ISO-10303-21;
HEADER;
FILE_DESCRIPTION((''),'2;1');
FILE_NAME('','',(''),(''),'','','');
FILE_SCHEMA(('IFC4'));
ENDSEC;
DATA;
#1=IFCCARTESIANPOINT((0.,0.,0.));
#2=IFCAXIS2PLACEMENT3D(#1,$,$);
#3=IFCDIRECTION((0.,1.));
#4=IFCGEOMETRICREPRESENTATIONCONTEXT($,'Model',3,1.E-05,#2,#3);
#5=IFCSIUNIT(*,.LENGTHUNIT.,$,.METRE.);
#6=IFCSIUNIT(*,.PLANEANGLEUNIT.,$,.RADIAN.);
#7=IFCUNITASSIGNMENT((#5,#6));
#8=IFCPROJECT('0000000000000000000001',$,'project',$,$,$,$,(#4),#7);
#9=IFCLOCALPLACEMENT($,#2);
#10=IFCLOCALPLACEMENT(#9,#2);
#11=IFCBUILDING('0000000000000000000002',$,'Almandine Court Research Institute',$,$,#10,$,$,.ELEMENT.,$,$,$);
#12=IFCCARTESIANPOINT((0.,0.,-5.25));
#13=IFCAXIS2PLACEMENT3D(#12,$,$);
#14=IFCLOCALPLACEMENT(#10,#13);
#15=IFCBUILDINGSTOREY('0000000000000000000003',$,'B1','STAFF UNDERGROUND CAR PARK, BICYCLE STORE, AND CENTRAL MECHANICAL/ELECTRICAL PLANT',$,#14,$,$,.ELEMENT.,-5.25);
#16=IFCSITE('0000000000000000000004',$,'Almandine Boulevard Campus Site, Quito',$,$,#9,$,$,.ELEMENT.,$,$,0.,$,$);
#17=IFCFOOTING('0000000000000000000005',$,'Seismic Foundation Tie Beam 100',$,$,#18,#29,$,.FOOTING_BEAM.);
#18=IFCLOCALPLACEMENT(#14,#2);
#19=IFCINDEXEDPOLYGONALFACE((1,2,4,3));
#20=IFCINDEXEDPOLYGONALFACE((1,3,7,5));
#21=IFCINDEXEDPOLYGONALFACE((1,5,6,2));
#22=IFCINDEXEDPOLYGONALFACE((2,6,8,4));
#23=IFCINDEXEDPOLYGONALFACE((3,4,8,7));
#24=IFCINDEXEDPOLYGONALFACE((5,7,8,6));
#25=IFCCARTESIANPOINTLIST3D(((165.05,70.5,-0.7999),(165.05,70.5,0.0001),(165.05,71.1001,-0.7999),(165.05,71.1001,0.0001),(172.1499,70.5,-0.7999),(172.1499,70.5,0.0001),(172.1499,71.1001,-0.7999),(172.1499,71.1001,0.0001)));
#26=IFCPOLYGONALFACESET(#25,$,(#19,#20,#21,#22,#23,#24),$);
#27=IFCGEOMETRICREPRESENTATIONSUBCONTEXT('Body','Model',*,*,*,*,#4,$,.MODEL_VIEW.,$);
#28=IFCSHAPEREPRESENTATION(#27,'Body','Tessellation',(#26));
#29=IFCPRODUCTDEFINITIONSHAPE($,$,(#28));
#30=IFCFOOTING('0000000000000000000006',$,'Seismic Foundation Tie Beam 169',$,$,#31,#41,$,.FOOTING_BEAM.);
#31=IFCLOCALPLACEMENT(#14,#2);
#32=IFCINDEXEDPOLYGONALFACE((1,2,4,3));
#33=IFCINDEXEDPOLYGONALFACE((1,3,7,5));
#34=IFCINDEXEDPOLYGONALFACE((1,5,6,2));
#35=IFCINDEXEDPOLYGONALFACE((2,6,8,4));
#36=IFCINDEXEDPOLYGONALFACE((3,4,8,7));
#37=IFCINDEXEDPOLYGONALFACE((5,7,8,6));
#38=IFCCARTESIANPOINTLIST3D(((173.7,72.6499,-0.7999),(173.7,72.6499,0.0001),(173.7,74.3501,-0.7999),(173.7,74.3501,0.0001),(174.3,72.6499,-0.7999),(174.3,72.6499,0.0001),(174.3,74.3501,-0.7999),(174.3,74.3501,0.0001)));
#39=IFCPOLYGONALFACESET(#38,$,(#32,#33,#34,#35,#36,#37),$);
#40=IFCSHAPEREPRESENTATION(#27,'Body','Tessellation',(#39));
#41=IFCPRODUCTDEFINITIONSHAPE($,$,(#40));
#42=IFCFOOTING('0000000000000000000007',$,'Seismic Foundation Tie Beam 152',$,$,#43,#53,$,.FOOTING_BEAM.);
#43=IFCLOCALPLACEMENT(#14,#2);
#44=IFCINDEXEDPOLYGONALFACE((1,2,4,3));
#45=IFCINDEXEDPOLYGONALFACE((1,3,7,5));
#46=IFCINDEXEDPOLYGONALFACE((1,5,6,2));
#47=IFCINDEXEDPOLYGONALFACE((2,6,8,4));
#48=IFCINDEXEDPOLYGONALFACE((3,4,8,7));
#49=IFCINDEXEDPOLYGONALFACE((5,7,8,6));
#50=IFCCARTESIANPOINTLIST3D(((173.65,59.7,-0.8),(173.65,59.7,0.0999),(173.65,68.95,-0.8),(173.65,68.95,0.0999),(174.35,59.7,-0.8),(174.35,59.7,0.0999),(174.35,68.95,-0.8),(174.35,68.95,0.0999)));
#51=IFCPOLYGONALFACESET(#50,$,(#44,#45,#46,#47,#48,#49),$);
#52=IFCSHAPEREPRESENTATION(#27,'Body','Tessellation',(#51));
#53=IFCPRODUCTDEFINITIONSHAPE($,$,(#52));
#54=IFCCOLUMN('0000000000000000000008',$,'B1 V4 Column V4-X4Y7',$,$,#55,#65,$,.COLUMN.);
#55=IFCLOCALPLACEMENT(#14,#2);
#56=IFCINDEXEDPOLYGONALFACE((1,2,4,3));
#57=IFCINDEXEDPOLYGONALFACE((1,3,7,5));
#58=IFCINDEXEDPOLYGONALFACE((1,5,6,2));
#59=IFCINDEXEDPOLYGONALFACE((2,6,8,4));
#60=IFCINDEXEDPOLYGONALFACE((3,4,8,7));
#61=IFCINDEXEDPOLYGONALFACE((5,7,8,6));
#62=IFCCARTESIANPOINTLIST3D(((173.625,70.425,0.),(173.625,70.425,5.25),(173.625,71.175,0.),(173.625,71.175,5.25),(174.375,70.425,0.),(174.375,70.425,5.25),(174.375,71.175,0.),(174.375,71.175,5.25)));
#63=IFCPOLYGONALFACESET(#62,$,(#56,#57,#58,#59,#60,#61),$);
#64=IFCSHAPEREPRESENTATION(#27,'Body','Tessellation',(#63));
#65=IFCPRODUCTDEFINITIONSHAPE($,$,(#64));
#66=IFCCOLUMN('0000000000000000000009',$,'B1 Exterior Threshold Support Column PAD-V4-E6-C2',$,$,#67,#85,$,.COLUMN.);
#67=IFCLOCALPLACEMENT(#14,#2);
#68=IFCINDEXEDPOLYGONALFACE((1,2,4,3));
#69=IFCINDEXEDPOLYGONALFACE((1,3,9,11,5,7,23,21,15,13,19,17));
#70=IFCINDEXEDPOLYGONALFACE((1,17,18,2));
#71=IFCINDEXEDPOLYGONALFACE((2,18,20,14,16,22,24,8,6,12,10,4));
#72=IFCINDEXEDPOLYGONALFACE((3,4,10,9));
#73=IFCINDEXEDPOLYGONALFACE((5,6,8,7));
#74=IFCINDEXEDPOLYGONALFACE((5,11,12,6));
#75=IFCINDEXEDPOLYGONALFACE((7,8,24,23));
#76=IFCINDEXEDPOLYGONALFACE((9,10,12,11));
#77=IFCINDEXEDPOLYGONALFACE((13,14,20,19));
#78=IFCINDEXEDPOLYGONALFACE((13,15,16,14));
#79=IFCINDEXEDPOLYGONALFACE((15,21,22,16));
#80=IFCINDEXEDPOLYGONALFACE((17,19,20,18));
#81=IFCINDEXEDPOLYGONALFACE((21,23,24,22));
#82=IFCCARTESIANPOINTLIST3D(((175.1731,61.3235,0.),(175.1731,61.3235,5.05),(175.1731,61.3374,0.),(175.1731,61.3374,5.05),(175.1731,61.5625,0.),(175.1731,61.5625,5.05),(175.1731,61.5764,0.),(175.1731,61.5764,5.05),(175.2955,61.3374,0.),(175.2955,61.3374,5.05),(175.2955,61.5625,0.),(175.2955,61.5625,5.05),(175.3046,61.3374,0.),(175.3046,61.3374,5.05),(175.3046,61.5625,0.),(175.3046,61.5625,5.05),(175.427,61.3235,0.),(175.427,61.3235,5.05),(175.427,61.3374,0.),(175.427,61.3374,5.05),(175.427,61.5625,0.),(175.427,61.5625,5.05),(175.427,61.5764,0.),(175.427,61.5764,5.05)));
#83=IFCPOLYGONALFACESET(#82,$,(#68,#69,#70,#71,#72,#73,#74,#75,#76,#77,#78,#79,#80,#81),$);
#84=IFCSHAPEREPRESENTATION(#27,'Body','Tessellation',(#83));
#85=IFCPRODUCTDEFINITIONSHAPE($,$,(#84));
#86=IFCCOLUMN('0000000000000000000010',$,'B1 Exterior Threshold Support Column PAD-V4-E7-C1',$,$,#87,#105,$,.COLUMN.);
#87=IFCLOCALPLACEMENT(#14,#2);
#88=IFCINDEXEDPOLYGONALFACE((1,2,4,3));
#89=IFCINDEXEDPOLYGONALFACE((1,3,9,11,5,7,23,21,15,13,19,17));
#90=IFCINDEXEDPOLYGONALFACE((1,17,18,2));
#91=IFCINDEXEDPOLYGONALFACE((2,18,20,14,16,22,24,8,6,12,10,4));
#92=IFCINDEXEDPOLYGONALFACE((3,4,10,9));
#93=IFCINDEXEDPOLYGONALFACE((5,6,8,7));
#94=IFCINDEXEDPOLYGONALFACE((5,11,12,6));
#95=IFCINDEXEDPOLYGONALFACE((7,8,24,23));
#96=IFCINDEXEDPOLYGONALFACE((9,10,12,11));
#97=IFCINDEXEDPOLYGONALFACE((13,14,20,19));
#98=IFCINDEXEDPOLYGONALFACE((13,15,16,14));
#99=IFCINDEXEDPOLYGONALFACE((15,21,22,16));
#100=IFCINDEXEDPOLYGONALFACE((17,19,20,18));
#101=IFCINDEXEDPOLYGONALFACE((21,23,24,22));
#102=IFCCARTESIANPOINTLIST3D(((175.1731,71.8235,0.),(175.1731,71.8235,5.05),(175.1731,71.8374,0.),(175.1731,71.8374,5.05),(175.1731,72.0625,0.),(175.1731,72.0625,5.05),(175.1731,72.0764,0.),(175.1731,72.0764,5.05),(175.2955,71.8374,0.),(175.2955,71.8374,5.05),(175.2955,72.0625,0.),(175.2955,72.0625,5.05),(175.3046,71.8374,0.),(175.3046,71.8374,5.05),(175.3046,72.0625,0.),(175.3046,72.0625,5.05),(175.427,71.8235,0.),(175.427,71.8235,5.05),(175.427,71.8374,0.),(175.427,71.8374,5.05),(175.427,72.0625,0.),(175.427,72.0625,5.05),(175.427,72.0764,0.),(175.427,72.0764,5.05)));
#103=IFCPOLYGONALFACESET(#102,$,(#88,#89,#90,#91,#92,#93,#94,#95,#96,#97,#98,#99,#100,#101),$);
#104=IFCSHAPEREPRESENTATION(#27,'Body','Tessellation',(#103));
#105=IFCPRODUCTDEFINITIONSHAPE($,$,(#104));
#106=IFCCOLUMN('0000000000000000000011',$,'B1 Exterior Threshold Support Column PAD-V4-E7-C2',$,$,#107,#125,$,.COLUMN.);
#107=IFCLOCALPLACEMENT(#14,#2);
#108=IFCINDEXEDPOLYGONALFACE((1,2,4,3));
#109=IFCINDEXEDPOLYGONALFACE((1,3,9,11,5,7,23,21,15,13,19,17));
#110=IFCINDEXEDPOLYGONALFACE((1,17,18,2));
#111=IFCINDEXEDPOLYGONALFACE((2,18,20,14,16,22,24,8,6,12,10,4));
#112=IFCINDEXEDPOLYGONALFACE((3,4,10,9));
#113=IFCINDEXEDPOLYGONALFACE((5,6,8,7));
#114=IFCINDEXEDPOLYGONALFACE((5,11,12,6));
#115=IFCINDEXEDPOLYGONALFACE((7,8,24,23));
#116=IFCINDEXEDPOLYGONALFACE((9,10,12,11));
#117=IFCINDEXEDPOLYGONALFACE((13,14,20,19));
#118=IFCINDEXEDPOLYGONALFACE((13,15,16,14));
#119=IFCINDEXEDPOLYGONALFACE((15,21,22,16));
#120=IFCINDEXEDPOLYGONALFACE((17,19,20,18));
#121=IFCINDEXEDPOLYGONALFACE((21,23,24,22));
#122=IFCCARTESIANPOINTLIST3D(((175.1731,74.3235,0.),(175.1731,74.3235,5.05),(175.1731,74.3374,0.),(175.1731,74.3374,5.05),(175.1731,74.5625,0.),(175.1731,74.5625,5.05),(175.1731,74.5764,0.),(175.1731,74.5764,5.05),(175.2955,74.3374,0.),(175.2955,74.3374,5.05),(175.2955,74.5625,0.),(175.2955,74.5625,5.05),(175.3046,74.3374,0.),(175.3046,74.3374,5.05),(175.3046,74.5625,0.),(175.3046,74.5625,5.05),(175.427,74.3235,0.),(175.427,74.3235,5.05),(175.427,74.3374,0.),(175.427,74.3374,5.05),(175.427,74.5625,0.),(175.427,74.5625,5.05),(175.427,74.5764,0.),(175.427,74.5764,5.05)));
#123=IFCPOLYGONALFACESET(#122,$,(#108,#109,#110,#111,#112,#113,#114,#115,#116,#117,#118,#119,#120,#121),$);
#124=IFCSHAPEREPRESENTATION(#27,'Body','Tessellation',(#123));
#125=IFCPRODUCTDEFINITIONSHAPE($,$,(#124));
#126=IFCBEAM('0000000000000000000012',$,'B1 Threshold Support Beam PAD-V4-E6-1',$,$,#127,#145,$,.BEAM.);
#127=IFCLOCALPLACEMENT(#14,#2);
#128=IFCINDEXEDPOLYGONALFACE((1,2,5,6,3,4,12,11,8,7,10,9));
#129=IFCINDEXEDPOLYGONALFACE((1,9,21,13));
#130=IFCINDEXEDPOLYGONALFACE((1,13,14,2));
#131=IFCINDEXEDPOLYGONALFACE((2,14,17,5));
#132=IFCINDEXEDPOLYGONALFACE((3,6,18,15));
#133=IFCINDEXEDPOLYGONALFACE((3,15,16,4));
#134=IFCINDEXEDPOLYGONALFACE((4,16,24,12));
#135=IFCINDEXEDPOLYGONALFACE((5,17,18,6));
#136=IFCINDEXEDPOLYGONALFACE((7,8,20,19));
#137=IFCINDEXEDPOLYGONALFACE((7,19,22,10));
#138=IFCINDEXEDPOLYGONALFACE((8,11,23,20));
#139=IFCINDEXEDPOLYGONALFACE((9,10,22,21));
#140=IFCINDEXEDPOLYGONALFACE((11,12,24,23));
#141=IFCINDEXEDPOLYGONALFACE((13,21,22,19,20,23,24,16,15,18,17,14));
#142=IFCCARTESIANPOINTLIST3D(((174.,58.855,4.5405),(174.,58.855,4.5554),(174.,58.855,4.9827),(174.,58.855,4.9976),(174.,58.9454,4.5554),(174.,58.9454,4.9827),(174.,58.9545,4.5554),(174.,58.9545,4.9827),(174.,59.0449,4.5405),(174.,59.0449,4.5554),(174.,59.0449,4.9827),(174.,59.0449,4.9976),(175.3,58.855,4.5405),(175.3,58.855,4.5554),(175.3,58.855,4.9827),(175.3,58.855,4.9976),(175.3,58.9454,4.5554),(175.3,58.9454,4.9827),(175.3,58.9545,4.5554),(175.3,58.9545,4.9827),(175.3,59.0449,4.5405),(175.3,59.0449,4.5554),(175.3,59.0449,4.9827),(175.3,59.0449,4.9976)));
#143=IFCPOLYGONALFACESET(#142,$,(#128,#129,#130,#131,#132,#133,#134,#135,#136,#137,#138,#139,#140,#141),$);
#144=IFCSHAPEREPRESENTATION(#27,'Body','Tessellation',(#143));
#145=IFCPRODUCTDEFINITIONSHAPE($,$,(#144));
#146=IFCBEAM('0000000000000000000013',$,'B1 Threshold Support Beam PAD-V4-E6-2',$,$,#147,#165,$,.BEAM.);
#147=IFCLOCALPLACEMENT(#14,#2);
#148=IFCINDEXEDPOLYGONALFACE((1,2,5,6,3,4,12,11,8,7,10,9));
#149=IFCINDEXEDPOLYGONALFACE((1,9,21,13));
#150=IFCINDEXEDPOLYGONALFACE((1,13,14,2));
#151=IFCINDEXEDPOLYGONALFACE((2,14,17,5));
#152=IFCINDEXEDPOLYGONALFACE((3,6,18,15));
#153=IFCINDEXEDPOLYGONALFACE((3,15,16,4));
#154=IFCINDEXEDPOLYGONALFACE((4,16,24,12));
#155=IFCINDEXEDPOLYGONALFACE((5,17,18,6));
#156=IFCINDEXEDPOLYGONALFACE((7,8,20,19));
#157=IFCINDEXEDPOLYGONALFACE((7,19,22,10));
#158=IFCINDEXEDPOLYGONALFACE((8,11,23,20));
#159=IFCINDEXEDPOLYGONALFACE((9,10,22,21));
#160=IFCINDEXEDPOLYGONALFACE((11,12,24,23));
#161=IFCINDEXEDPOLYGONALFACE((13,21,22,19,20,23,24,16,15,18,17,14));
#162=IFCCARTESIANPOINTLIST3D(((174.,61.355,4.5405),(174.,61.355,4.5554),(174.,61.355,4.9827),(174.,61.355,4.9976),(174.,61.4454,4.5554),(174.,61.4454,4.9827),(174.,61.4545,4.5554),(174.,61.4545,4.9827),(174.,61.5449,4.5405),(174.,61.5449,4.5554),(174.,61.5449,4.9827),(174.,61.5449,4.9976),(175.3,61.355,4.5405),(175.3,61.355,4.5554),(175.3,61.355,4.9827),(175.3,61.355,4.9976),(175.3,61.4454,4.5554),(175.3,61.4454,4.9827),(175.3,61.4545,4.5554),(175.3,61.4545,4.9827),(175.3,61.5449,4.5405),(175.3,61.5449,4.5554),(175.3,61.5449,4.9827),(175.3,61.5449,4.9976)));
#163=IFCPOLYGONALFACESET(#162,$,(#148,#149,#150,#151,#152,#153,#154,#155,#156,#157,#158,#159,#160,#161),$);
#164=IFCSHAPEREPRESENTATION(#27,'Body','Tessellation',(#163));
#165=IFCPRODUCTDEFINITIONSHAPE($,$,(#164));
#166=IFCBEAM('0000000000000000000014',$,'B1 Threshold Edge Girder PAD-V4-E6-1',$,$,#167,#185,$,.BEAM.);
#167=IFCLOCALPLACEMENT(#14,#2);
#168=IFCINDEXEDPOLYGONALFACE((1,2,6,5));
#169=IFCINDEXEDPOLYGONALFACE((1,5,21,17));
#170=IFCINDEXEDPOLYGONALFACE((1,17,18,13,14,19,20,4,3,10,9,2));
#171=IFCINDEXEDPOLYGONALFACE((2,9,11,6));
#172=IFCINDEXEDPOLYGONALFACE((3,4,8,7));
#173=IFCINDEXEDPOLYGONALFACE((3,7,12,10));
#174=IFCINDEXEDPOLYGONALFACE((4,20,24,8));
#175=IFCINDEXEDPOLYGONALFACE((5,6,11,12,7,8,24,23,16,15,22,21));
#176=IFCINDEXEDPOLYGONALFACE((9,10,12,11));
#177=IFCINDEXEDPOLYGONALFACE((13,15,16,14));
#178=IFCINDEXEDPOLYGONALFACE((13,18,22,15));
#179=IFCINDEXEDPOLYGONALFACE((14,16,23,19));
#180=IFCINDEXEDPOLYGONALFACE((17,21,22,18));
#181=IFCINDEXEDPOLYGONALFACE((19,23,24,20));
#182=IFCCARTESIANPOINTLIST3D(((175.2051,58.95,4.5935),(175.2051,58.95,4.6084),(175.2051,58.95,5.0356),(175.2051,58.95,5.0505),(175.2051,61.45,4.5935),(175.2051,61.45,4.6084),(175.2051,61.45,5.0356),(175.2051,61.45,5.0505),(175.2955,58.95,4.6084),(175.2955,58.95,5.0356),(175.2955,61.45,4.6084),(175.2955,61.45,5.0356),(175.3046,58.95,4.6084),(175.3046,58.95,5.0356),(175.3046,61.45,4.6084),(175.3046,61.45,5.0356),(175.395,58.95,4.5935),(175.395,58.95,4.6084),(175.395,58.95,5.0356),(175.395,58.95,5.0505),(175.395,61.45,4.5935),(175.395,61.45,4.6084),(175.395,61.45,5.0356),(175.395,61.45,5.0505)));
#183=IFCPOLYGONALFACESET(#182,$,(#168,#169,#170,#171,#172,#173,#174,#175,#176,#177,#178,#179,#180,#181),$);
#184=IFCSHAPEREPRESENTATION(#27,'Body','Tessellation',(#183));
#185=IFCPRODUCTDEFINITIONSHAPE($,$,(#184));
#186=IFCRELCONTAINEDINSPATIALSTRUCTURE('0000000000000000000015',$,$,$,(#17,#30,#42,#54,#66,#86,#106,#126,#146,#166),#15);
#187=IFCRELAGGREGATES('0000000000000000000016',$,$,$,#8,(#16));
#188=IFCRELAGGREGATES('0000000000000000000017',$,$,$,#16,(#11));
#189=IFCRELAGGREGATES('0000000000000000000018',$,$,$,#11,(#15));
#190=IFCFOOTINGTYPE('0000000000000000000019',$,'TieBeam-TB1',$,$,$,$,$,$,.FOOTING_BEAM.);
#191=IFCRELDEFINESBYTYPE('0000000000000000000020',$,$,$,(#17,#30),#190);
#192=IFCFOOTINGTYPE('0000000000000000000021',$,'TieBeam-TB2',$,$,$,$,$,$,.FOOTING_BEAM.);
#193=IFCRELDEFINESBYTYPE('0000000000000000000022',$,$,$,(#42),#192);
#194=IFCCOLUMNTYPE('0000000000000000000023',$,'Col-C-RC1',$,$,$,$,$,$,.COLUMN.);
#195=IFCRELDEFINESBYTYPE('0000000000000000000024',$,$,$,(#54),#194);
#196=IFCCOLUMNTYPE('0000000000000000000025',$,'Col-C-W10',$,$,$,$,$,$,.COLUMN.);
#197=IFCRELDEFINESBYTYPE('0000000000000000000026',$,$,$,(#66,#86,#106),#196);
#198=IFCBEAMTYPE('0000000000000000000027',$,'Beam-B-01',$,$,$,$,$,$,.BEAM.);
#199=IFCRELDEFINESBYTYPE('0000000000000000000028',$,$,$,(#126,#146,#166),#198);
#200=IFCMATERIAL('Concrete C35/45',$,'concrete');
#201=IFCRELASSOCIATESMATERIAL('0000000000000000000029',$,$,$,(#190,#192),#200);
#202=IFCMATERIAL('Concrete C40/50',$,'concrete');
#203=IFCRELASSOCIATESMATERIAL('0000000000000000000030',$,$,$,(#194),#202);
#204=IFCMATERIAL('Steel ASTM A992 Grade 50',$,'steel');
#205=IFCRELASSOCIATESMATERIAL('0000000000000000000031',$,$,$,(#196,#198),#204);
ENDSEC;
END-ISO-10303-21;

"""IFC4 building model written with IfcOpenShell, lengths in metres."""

from ifc_helpers import new_model, si_unit, direction, frame, origin, origin_2d, place, context, subcontext, project, spatial, rectangle, i_section, extrude, material, material_profile, profile_set, type_object, element, save


model = new_model("IFC4")

# Units and contexts
model_context = context("Model", 3, precision=1e-05, world=origin(), true_north=direction((0.0, 1.0)))
body_context = subcontext(model_context, "Body", "Model", "MODEL_VIEW")
ifc_project = project(units=[si_unit("LENGTHUNIT", "METRE"), si_unit("PLANEANGLEUNIT", "RADIAN")], contexts=[model_context])

# Site, building, storey
site_placement = place(None, origin())
site = spatial("IfcSite", under=ifc_project, at=site_placement, Name="Almandine Boulevard Campus Site, Quito", CompositionType="ELEMENT", RefElevation=0.0)
building_placement = place(site_placement, origin())
building = spatial("IfcBuilding", under=site, at=building_placement, Name="Almandine Court Research Institute", CompositionType="ELEMENT")
storey_placement = place(building_placement, frame((0.0, 0.0, -5.25)))
storey = spatial("IfcBuildingStorey", under=building, at=storey_placement, Name="B1", Description="STAFF UNDERGROUND CAR PARK, BICYCLE STORE, AND CENTRAL MECHANICAL/ELECTRICAL PLANT", CompositionType="ELEMENT", Elevation=-5.25)

# Shared definitions
ifc_material_1 = material(Name="Concrete C35/45", Category="concrete")

# Footings
ifc_material_profile_1 = material_profile(ifc_material_1, rectangle(XDim=0.6001, YDim=0.8, at=origin_2d()), Name="RC TIE 600x800")
ifc_profile_set_1 = profile_set([ifc_material_profile_1], Name="Concrete C35/45")
footing_type_1 = type_object("IfcFootingType", Name="TieBeam-TB1", PredefinedType="FOOTING_BEAM", material=ifc_profile_set_1)
footing_1_placement = place(storey_placement, frame((165.05, 70.8, -0.3999), z_axis=(1.0, 0.0, 0.0), x_axis=(0.0, 1.0, 0.0)))
element("IfcFooting", 1, at=footing_1_placement, inside=storey, type_object=footing_type_1, Name="Seismic Foundation Tie Beam 100", PredefinedType="FOOTING_BEAM", context=body_context, shape_type="SweptSolid", body=[
    extrude(rectangle(XDim=0.6001, YDim=0.8, at=origin_2d()), origin(), (0.0, 0.0, 1.0), 7.0999),
])
footing_2_placement = place(storey_placement, frame((174.0, 72.6499, -0.3999), z_axis=(0.0, 1.0, 0.0), x_axis=(-1.0, 0.0, 0.0)))
element("IfcFooting", 2, at=footing_2_placement, inside=storey, type_object=footing_type_1, Name="Seismic Foundation Tie Beam 169", PredefinedType="FOOTING_BEAM", context=body_context, shape_type="SweptSolid", body=[
    extrude(rectangle(XDim=0.6001, YDim=0.8, at=origin_2d()), origin(), (0.0, 0.0, 1.0), 1.7002),
])
ifc_material_profile_2 = material_profile(ifc_material_1, rectangle(XDim=0.7, YDim=0.8999, at=origin_2d()), Name="RC TIE 700x900")
ifc_profile_set_2 = profile_set([ifc_material_profile_2], Name="Concrete C35/45")
footing_type_2 = type_object("IfcFootingType", Name="TieBeam-TB2", PredefinedType="FOOTING_BEAM", material=ifc_profile_set_2)
footing_3_placement = place(storey_placement, frame((174.0, 59.7, -0.3501), z_axis=(0.0, 1.0, 0.0), x_axis=(-1.0, 0.0, 0.0)))
element("IfcFooting", 3, at=footing_3_placement, inside=storey, type_object=footing_type_2, Name="Seismic Foundation Tie Beam 152", PredefinedType="FOOTING_BEAM", context=body_context, shape_type="SweptSolid", body=[
    extrude(rectangle(XDim=0.7, YDim=0.8999, at=origin_2d()), origin(), (0.0, 0.0, 1.0), 9.25),
])

# Columns
ifc_material_2 = material(Name="Concrete C40/50", Category="concrete")
ifc_material_profile_3 = material_profile(ifc_material_2, rectangle(XDim=0.75, YDim=0.75, at=origin_2d()), Name="RC 750x750")
ifc_profile_set_3 = profile_set([ifc_material_profile_3], Name="Concrete C40/50")
column_type_1 = type_object("IfcColumnType", Name="Col-C-RC1", PredefinedType="COLUMN", material=ifc_profile_set_3)
column_placement = place(storey_placement, frame((174.0, 70.8, 0.0), z_axis=(0.0, 0.0, 1.0), x_axis=(1.0, 0.0, 0.0)))
element("IfcColumn", 4, at=column_placement, inside=storey, type_object=column_type_1, Name="B1 V4 Column V4-X4Y7", PredefinedType="COLUMN", context=body_context, shape_type="SweptSolid", body=[
    extrude(rectangle(XDim=0.75, YDim=0.75, at=origin_2d()), origin(), (0.0, 0.0, 1.0), 5.25),
])
ifc_material_3 = material(Name="Steel ASTM A992 Grade 50", Category="steel")
ifc_material_profile_4 = material_profile(ifc_material_3, i_section(OverallWidth=0.2539, OverallDepth=0.2529, WebThickness=0.009, FlangeThickness=0.0139, at=origin_2d()), Name="W250x73")
ifc_profile_set_4 = profile_set([ifc_material_profile_4], Name="Steel ASTM A992 Grade 50")
column_type_2 = type_object("IfcColumnType", Name="Col-C-W10", PredefinedType="COLUMN", material=ifc_profile_set_4)
for number, where, z_axis, x_axis, name in (
    (5, (175.3, 61.45, 0.0), (0.0, 0.0, 1.0), (1.0, 0.0, 0.0), "B1 Exterior Threshold Support Column PAD-V4-E6-C2"),
    (6, (175.3, 71.95, 0.0), (0.0, 0.0, 1.0), (1.0, 0.0, 0.0), "B1 Exterior Threshold Support Column PAD-V4-E7-C1"),
    (7, (175.3, 74.45, 0.0), (0.0, 0.0, 1.0), (1.0, 0.0, 0.0), "B1 Exterior Threshold Support Column PAD-V4-E7-C2"),
):
    element("IfcColumn", number, at=place(storey_placement, frame(where, z_axis=z_axis, x_axis=x_axis)), inside=storey, type_object=column_type_2, Name=name, PredefinedType="COLUMN", context=body_context, shape_type="SweptSolid", body=[
        extrude(i_section(OverallWidth=0.2539, OverallDepth=0.2529, WebThickness=0.009, FlangeThickness=0.0139, at=origin_2d()), origin(), (0.0, 0.0, 1.0), 5.05),
    ])

# Beams
ifc_material_profile_5 = material_profile(ifc_material_3, i_section(OverallWidth=0.1899, OverallDepth=0.457, WebThickness=0.009, FlangeThickness=0.0149, at=origin_2d()), Name="W460x74")
ifc_profile_set_5 = profile_set([ifc_material_profile_5], Name="Steel ASTM A992 Grade 50")
beam_type_1 = type_object("IfcBeamType", Name="Beam-B-01", PredefinedType="BEAM", material=ifc_profile_set_5)
for number, where, z_axis, x_axis, name in (
    (8, (175.3, 58.95, 4.769), (-1.0, 0.0, 0.0), (0.0, -1.0, 0.0), "B1 Threshold Support Beam PAD-V4-E6-1"),
    (9, (175.3, 61.45, 4.769), (-1.0, 0.0, 0.0), (0.0, -1.0, 0.0), "B1 Threshold Support Beam PAD-V4-E6-2"),
):
    element("IfcBeam", number, at=place(storey_placement, frame(where, z_axis=z_axis, x_axis=x_axis)), inside=storey, type_object=beam_type_1, Name=name, PredefinedType="BEAM", context=body_context, shape_type="SweptSolid", body=[
        extrude(i_section(OverallWidth=0.1899, OverallDepth=0.457, WebThickness=0.009, FlangeThickness=0.0149, at=origin_2d()), origin(), (0.0, 0.0, 1.0), 1.3),
    ])
beam_1_placement = place(storey_placement, frame((175.3, 58.95, 4.822), z_axis=(0.0, 1.0, 0.0), x_axis=(-1.0, 0.0, 0.0)))
element("IfcBeam", 10, at=beam_1_placement, inside=storey, type_object=beam_type_1, Name="B1 Threshold Edge Girder PAD-V4-E6-1", PredefinedType="BEAM", context=body_context, shape_type="SweptSolid", body=[
    extrude(i_section(OverallWidth=0.1899, OverallDepth=0.457, WebThickness=0.009, FlangeThickness=0.0149, at=origin_2d()), origin(), (0.0, 0.0, 1.0), 2.5),
])

save(model, "model.ifc")
